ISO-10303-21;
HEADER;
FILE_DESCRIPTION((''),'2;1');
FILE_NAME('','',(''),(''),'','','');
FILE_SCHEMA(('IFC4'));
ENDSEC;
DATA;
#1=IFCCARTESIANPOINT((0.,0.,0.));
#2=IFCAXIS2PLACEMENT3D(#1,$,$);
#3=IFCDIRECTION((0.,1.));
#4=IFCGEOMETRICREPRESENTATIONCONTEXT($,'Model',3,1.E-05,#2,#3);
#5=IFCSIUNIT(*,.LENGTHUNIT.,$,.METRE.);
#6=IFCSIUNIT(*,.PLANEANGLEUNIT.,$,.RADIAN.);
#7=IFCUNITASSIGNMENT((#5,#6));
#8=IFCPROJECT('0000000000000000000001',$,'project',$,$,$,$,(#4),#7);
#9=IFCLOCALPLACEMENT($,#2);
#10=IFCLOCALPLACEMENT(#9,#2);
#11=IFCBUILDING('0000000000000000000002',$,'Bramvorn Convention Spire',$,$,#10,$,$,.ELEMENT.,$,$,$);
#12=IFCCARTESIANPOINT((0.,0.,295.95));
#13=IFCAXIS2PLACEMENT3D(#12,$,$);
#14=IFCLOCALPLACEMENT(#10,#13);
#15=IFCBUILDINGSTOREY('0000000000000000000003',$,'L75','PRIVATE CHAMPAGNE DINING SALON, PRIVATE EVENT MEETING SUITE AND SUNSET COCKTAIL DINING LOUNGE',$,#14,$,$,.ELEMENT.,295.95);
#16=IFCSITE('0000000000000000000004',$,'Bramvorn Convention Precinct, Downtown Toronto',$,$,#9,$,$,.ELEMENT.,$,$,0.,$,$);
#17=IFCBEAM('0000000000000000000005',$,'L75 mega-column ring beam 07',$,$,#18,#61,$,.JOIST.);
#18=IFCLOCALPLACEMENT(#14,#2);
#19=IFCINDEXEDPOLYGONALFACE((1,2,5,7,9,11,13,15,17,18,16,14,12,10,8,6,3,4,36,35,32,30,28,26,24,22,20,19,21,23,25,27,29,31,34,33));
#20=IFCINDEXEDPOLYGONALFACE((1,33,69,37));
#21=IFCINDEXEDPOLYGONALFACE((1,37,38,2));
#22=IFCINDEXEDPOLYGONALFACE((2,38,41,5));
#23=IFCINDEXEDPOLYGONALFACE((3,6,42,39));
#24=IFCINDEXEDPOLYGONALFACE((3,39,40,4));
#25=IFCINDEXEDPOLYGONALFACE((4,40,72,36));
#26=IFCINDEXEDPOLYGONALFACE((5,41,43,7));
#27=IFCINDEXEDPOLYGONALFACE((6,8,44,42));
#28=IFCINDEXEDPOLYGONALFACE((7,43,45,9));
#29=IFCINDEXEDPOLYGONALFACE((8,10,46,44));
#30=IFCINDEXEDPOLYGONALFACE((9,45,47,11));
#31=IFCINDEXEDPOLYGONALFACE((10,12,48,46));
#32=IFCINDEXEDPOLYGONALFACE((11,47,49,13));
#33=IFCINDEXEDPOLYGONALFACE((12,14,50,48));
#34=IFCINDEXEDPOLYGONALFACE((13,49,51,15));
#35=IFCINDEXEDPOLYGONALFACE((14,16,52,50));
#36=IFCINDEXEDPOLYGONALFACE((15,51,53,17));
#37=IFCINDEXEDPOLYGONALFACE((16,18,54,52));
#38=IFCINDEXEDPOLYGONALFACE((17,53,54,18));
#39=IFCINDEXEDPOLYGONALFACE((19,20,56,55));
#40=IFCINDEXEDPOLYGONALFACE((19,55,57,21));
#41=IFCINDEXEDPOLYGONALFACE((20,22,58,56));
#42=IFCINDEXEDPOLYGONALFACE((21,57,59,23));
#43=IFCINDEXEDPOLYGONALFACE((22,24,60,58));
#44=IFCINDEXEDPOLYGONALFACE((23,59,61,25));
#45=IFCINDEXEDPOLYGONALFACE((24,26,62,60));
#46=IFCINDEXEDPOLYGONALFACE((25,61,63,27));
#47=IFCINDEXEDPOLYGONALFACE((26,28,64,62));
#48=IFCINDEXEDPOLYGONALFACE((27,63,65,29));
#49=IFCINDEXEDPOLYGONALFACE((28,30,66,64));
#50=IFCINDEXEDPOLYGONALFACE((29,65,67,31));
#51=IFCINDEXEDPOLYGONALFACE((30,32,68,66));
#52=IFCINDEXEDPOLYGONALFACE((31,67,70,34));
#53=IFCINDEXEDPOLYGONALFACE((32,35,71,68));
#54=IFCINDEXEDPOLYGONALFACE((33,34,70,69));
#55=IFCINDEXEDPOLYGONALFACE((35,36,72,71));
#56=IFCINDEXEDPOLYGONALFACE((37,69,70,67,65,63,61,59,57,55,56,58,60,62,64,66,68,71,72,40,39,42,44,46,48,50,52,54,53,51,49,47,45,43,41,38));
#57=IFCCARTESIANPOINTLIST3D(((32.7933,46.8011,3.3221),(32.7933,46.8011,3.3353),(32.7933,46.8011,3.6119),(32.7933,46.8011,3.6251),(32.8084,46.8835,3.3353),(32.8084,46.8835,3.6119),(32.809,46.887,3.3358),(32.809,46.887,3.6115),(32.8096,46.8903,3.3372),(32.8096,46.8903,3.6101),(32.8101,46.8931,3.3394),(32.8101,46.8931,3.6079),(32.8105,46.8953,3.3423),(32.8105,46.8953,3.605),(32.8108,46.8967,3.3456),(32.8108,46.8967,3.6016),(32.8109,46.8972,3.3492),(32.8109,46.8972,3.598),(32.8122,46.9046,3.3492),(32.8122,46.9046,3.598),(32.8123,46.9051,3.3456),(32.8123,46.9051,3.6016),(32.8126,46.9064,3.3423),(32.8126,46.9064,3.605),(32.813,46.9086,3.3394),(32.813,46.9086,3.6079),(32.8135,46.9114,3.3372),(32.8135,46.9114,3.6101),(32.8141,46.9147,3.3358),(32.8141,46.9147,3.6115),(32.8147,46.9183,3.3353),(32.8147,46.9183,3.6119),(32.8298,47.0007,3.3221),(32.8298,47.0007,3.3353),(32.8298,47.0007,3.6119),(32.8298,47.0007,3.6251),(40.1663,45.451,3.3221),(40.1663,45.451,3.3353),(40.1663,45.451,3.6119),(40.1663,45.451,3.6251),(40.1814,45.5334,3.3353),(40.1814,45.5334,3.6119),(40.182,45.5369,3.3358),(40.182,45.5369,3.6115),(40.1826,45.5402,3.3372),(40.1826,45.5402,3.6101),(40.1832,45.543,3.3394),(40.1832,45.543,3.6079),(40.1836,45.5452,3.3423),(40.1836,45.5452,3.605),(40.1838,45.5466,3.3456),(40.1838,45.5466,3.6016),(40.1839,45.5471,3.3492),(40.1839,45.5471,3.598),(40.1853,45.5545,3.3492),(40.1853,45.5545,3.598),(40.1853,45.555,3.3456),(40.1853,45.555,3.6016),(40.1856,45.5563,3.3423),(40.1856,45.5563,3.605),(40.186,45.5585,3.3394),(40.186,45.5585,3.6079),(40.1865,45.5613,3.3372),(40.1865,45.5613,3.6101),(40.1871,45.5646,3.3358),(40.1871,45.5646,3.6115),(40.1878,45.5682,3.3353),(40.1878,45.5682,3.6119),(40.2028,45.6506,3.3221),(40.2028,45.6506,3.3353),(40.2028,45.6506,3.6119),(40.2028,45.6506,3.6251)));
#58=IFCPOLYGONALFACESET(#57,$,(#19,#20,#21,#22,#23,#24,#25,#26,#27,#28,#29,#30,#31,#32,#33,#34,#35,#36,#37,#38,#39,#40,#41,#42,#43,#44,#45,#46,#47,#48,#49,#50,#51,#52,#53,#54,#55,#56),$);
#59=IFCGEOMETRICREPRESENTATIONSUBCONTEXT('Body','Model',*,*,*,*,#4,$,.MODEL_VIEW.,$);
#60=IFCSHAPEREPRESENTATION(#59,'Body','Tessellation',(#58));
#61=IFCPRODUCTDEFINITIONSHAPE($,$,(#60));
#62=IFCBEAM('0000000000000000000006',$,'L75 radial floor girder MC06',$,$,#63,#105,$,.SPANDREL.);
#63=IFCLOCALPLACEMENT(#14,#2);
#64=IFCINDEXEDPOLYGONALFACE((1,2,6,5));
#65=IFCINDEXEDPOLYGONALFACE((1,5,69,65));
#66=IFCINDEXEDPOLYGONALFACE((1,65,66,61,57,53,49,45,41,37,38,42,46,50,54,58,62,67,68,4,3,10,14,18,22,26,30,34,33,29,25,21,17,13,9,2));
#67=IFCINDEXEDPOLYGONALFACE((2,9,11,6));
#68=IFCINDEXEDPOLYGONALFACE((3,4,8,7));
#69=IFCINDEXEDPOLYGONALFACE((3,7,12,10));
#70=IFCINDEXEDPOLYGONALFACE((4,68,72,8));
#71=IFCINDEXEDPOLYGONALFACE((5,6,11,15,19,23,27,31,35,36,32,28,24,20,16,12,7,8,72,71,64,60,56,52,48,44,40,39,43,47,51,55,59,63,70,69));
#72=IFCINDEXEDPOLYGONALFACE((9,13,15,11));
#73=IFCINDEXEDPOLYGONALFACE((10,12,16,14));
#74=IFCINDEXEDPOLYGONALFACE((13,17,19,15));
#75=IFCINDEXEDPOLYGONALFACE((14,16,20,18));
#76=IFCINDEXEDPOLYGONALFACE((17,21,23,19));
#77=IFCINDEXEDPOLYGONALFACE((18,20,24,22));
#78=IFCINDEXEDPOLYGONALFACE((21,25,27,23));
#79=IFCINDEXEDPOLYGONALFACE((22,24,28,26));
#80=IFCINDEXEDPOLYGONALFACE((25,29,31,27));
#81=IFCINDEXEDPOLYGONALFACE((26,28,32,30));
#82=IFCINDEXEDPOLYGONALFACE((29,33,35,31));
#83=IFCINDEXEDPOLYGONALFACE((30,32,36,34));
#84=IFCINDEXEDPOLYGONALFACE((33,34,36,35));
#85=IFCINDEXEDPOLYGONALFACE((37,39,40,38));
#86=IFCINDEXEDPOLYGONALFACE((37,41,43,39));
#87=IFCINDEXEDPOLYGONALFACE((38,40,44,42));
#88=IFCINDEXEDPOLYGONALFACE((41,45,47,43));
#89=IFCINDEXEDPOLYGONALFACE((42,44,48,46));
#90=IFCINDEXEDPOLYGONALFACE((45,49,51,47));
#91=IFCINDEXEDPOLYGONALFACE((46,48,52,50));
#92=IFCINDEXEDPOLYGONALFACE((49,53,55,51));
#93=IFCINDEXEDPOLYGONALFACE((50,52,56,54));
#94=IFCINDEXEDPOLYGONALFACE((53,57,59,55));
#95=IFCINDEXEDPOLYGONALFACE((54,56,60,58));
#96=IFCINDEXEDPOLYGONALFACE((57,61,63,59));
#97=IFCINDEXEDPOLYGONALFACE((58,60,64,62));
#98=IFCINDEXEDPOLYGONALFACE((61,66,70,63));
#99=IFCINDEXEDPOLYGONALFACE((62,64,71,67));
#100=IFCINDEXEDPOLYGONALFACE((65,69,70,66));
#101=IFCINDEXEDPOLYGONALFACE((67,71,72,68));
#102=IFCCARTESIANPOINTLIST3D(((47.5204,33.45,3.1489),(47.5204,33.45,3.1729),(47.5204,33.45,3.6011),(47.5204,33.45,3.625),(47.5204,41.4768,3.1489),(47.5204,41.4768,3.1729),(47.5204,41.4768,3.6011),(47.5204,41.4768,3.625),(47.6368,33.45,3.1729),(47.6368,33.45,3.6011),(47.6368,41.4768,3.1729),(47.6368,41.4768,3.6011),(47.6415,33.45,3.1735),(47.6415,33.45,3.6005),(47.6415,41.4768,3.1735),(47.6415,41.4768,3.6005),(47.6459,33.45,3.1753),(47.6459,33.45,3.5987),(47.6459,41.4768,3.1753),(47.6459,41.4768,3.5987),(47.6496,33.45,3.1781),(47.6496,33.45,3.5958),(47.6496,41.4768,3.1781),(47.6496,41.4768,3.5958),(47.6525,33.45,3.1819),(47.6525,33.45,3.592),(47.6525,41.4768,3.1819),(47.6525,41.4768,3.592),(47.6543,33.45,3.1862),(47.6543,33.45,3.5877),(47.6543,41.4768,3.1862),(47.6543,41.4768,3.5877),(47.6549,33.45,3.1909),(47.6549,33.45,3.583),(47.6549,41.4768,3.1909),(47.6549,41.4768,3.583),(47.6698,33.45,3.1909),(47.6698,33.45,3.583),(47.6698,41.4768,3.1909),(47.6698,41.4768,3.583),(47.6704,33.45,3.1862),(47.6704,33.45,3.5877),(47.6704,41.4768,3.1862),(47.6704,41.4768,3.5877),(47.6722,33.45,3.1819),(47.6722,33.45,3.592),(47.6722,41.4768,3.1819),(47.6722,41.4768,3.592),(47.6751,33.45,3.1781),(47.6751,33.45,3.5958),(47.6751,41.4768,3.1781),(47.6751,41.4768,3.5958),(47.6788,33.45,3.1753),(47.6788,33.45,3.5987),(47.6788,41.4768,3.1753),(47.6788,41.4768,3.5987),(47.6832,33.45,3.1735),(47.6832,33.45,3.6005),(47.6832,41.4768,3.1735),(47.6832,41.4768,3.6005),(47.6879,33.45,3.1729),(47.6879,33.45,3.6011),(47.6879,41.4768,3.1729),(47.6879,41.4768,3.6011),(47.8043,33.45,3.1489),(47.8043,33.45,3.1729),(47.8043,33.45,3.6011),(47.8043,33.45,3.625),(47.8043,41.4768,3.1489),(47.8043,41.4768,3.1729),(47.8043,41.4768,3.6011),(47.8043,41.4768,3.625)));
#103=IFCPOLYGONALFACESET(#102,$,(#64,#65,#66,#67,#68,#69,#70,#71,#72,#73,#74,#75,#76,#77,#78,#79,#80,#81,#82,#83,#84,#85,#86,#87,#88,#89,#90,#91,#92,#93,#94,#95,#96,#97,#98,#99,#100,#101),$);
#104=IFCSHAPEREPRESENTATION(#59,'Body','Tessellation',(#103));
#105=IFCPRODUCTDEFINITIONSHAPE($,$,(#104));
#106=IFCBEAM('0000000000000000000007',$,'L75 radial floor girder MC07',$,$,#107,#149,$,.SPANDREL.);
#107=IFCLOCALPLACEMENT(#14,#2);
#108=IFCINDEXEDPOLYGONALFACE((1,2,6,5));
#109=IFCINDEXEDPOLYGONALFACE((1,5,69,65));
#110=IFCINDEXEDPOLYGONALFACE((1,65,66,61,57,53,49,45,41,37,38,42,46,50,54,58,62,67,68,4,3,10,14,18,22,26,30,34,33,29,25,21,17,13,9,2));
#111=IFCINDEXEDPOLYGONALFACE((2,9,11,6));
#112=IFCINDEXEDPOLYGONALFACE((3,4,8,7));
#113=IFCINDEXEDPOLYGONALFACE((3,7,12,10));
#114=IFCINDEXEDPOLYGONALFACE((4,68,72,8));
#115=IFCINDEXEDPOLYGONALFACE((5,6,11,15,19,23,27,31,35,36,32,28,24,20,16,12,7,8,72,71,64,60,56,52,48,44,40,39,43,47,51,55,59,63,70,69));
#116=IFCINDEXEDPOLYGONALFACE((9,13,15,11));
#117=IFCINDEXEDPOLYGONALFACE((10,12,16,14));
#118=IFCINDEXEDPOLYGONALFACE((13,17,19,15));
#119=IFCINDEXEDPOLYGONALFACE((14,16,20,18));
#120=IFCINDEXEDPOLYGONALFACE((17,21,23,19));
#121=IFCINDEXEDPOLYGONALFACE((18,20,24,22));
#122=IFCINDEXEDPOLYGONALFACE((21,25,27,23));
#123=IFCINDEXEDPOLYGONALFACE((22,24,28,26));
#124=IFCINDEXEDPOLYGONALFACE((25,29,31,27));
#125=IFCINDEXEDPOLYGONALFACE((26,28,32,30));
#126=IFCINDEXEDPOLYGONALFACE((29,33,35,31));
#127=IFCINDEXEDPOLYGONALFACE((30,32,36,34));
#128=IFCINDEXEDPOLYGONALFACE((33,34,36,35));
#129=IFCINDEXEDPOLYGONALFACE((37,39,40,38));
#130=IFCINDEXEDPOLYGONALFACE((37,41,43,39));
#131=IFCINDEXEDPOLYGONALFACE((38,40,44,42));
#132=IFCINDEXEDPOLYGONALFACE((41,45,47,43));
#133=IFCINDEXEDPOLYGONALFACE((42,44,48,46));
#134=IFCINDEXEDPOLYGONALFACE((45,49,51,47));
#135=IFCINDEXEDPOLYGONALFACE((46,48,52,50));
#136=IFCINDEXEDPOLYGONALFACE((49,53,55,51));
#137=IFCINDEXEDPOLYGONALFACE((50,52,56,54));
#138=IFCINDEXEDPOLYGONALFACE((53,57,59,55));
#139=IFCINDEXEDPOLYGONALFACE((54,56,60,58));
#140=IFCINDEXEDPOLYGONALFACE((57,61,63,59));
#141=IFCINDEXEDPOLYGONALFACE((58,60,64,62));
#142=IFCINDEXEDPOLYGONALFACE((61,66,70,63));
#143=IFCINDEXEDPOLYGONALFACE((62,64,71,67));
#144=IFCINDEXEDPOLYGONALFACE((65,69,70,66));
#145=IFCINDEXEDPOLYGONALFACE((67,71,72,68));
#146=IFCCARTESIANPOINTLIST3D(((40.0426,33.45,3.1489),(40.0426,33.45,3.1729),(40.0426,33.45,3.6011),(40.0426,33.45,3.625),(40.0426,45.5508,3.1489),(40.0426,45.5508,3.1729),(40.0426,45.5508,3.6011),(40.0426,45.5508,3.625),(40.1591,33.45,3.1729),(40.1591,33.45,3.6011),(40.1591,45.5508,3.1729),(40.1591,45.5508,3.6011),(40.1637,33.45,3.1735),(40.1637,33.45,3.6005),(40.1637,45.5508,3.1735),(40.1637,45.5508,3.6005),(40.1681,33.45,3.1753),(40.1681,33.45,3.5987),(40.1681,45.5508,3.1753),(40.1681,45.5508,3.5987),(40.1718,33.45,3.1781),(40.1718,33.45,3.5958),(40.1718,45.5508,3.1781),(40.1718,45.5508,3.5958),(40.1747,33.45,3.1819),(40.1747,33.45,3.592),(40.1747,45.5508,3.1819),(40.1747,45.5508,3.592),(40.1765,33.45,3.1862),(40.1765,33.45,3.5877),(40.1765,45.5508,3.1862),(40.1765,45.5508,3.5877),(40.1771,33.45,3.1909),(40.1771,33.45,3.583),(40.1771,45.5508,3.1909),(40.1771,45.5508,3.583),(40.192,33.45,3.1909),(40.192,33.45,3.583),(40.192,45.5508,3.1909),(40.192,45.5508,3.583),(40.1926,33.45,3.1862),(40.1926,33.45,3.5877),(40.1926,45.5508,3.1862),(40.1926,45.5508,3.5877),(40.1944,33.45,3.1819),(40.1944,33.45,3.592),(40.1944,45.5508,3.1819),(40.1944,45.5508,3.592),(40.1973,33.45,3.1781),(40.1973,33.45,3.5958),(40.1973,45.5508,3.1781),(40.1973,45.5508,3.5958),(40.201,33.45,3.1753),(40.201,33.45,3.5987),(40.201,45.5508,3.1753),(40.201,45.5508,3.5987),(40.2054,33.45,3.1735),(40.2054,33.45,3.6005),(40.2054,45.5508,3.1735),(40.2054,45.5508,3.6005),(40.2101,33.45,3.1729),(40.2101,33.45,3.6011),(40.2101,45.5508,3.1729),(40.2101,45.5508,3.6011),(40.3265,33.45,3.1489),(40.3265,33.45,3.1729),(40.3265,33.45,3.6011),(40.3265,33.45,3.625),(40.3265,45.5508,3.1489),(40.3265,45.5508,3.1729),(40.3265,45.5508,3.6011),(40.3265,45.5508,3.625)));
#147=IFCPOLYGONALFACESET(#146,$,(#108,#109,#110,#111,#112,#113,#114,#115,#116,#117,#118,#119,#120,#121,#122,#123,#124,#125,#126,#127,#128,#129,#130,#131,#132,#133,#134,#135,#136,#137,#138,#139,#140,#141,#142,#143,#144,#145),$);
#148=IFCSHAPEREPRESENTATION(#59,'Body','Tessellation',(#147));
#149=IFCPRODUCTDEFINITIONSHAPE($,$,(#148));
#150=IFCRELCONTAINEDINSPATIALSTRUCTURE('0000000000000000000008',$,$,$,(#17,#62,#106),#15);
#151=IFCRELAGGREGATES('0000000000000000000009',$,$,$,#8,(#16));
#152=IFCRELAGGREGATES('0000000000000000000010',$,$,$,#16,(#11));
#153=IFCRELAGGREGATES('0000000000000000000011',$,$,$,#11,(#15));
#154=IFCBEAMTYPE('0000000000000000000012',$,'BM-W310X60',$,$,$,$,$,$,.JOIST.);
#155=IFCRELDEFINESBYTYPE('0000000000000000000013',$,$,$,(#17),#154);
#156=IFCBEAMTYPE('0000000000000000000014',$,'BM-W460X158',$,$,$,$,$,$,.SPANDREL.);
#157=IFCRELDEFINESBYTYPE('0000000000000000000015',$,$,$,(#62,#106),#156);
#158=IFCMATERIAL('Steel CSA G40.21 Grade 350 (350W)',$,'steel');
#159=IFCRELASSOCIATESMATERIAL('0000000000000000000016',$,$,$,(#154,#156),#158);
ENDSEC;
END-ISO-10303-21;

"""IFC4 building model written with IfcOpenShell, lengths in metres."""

from ifc_helpers import new_model, si_unit, direction, frame, origin, origin_2d, place, context, subcontext, project, spatial, i_section, extrude, material, material_profile, profile_set, type_object, element, save


model = new_model("IFC4")

# Units and contexts
model_context = context("Model", 3, precision=1e-05, world=origin(), true_north=direction((0.0, 1.0)))
body_context = subcontext(model_context, "Body", "Model", "MODEL_VIEW")
ifc_project = project(units=[si_unit("LENGTHUNIT", "METRE"), si_unit("PLANEANGLEUNIT", "RADIAN")], contexts=[model_context])

# Site, building, storey
site_placement = place(None, origin())
site = spatial("IfcSite", under=ifc_project, at=site_placement, Name="Bramvorn Convention Precinct, Downtown Toronto", CompositionType="ELEMENT", RefElevation=0.0)
building_placement = place(site_placement, origin())
building = spatial("IfcBuilding", under=site, at=building_placement, Name="Bramvorn Convention Spire", CompositionType="ELEMENT")
storey_placement = place(building_placement, frame((0.0, 0.0, 295.95)))
storey = spatial("IfcBuildingStorey", under=building, at=storey_placement, Name="L75", Description="PRIVATE CHAMPAGNE DINING SALON, PRIVATE EVENT MEETING SUITE AND SUNSET COCKTAIL DINING LOUNGE", CompositionType="ELEMENT", Elevation=295.95)

# Shared definitions
ifc_material_1 = material(Name="Steel CSA G40.21 Grade 350 (350W)", Category="steel")

# Beams
ifc_material_profile_1 = material_profile(ifc_material_1, i_section(OverallWidth=0.2029, OverallDepth=0.303, WebThickness=0.0076, FlangeThickness=0.0132, FilletRadius=0.0139, at=origin_2d()))
ifc_profile_set_1 = profile_set([ifc_material_profile_1], Name="Steel CSA G40.21 Grade 350 (350W) - W310X60")
beam_type_1 = type_object("IfcBeamType", Name="BM-W310X60", PredefinedType="JOIST", material=ifc_profile_set_1)
beam_1_placement = place(storey_placement, frame((40.1846, 45.5508, 3.4736), z_axis=(-0.983645, 0.180118, 0.0), x_axis=(-0.180118, -0.983645, 0.0)))
element("IfcBeam", 1, at=beam_1_placement, inside=storey, type_object=beam_type_1, Name="L75 mega-column ring beam 07", PredefinedType="JOIST", context=body_context, shape_type="SweptSolid", body=[
    extrude(i_section(OverallWidth=0.2029, OverallDepth=0.303, WebThickness=0.0076, FlangeThickness=0.0132, FilletRadius=0.0139, at=origin_2d()), origin(), (0.0, 0.0, 1.0), 7.4956),
])
ifc_material_profile_2 = material_profile(ifc_material_1, i_section(OverallWidth=0.2839, OverallDepth=0.4761, WebThickness=0.0149, FlangeThickness=0.0239, FilletRadius=0.0181, at=origin_2d()))
ifc_profile_set_2 = profile_set([ifc_material_profile_2], Name="Steel CSA G40.21 Grade 350 (350W) - W460X158")
beam_type_2 = type_object("IfcBeamType", Name="BM-W460X158", PredefinedType="SPANDREL", material=ifc_profile_set_2)
beam_2_placement = place(storey_placement, frame((47.6624, 33.45, 3.387), z_axis=(0.0, 1.0, 0.0), x_axis=(-1.0, 0.0, 0.0)))
element("IfcBeam", 2, at=beam_2_placement, inside=storey, type_object=beam_type_2, Name="L75 radial floor girder MC06", PredefinedType="SPANDREL", context=body_context, shape_type="SweptSolid", body=[
    extrude(i_section(OverallWidth=0.2839, OverallDepth=0.4761, WebThickness=0.0149, FlangeThickness=0.0239, FilletRadius=0.0181, at=origin_2d()), origin(), (0.0, 0.0, 1.0), 8.0269),
])
beam_3_placement = place(storey_placement, frame((40.1846, 33.45, 3.387), z_axis=(0.0, 1.0, 0.0), x_axis=(-1.0, 0.0, 0.0)))
element("IfcBeam", 3, at=beam_3_placement, inside=storey, type_object=beam_type_2, Name="L75 radial floor girder MC07", PredefinedType="SPANDREL", context=body_context, shape_type="SweptSolid", body=[
    extrude(i_section(OverallWidth=0.2839, OverallDepth=0.4761, WebThickness=0.0149, FlangeThickness=0.0239, FilletRadius=0.0181, at=origin_2d()), origin(), (0.0, 0.0, 1.0), 12.1008),
])

save(model, "model.ifc")
